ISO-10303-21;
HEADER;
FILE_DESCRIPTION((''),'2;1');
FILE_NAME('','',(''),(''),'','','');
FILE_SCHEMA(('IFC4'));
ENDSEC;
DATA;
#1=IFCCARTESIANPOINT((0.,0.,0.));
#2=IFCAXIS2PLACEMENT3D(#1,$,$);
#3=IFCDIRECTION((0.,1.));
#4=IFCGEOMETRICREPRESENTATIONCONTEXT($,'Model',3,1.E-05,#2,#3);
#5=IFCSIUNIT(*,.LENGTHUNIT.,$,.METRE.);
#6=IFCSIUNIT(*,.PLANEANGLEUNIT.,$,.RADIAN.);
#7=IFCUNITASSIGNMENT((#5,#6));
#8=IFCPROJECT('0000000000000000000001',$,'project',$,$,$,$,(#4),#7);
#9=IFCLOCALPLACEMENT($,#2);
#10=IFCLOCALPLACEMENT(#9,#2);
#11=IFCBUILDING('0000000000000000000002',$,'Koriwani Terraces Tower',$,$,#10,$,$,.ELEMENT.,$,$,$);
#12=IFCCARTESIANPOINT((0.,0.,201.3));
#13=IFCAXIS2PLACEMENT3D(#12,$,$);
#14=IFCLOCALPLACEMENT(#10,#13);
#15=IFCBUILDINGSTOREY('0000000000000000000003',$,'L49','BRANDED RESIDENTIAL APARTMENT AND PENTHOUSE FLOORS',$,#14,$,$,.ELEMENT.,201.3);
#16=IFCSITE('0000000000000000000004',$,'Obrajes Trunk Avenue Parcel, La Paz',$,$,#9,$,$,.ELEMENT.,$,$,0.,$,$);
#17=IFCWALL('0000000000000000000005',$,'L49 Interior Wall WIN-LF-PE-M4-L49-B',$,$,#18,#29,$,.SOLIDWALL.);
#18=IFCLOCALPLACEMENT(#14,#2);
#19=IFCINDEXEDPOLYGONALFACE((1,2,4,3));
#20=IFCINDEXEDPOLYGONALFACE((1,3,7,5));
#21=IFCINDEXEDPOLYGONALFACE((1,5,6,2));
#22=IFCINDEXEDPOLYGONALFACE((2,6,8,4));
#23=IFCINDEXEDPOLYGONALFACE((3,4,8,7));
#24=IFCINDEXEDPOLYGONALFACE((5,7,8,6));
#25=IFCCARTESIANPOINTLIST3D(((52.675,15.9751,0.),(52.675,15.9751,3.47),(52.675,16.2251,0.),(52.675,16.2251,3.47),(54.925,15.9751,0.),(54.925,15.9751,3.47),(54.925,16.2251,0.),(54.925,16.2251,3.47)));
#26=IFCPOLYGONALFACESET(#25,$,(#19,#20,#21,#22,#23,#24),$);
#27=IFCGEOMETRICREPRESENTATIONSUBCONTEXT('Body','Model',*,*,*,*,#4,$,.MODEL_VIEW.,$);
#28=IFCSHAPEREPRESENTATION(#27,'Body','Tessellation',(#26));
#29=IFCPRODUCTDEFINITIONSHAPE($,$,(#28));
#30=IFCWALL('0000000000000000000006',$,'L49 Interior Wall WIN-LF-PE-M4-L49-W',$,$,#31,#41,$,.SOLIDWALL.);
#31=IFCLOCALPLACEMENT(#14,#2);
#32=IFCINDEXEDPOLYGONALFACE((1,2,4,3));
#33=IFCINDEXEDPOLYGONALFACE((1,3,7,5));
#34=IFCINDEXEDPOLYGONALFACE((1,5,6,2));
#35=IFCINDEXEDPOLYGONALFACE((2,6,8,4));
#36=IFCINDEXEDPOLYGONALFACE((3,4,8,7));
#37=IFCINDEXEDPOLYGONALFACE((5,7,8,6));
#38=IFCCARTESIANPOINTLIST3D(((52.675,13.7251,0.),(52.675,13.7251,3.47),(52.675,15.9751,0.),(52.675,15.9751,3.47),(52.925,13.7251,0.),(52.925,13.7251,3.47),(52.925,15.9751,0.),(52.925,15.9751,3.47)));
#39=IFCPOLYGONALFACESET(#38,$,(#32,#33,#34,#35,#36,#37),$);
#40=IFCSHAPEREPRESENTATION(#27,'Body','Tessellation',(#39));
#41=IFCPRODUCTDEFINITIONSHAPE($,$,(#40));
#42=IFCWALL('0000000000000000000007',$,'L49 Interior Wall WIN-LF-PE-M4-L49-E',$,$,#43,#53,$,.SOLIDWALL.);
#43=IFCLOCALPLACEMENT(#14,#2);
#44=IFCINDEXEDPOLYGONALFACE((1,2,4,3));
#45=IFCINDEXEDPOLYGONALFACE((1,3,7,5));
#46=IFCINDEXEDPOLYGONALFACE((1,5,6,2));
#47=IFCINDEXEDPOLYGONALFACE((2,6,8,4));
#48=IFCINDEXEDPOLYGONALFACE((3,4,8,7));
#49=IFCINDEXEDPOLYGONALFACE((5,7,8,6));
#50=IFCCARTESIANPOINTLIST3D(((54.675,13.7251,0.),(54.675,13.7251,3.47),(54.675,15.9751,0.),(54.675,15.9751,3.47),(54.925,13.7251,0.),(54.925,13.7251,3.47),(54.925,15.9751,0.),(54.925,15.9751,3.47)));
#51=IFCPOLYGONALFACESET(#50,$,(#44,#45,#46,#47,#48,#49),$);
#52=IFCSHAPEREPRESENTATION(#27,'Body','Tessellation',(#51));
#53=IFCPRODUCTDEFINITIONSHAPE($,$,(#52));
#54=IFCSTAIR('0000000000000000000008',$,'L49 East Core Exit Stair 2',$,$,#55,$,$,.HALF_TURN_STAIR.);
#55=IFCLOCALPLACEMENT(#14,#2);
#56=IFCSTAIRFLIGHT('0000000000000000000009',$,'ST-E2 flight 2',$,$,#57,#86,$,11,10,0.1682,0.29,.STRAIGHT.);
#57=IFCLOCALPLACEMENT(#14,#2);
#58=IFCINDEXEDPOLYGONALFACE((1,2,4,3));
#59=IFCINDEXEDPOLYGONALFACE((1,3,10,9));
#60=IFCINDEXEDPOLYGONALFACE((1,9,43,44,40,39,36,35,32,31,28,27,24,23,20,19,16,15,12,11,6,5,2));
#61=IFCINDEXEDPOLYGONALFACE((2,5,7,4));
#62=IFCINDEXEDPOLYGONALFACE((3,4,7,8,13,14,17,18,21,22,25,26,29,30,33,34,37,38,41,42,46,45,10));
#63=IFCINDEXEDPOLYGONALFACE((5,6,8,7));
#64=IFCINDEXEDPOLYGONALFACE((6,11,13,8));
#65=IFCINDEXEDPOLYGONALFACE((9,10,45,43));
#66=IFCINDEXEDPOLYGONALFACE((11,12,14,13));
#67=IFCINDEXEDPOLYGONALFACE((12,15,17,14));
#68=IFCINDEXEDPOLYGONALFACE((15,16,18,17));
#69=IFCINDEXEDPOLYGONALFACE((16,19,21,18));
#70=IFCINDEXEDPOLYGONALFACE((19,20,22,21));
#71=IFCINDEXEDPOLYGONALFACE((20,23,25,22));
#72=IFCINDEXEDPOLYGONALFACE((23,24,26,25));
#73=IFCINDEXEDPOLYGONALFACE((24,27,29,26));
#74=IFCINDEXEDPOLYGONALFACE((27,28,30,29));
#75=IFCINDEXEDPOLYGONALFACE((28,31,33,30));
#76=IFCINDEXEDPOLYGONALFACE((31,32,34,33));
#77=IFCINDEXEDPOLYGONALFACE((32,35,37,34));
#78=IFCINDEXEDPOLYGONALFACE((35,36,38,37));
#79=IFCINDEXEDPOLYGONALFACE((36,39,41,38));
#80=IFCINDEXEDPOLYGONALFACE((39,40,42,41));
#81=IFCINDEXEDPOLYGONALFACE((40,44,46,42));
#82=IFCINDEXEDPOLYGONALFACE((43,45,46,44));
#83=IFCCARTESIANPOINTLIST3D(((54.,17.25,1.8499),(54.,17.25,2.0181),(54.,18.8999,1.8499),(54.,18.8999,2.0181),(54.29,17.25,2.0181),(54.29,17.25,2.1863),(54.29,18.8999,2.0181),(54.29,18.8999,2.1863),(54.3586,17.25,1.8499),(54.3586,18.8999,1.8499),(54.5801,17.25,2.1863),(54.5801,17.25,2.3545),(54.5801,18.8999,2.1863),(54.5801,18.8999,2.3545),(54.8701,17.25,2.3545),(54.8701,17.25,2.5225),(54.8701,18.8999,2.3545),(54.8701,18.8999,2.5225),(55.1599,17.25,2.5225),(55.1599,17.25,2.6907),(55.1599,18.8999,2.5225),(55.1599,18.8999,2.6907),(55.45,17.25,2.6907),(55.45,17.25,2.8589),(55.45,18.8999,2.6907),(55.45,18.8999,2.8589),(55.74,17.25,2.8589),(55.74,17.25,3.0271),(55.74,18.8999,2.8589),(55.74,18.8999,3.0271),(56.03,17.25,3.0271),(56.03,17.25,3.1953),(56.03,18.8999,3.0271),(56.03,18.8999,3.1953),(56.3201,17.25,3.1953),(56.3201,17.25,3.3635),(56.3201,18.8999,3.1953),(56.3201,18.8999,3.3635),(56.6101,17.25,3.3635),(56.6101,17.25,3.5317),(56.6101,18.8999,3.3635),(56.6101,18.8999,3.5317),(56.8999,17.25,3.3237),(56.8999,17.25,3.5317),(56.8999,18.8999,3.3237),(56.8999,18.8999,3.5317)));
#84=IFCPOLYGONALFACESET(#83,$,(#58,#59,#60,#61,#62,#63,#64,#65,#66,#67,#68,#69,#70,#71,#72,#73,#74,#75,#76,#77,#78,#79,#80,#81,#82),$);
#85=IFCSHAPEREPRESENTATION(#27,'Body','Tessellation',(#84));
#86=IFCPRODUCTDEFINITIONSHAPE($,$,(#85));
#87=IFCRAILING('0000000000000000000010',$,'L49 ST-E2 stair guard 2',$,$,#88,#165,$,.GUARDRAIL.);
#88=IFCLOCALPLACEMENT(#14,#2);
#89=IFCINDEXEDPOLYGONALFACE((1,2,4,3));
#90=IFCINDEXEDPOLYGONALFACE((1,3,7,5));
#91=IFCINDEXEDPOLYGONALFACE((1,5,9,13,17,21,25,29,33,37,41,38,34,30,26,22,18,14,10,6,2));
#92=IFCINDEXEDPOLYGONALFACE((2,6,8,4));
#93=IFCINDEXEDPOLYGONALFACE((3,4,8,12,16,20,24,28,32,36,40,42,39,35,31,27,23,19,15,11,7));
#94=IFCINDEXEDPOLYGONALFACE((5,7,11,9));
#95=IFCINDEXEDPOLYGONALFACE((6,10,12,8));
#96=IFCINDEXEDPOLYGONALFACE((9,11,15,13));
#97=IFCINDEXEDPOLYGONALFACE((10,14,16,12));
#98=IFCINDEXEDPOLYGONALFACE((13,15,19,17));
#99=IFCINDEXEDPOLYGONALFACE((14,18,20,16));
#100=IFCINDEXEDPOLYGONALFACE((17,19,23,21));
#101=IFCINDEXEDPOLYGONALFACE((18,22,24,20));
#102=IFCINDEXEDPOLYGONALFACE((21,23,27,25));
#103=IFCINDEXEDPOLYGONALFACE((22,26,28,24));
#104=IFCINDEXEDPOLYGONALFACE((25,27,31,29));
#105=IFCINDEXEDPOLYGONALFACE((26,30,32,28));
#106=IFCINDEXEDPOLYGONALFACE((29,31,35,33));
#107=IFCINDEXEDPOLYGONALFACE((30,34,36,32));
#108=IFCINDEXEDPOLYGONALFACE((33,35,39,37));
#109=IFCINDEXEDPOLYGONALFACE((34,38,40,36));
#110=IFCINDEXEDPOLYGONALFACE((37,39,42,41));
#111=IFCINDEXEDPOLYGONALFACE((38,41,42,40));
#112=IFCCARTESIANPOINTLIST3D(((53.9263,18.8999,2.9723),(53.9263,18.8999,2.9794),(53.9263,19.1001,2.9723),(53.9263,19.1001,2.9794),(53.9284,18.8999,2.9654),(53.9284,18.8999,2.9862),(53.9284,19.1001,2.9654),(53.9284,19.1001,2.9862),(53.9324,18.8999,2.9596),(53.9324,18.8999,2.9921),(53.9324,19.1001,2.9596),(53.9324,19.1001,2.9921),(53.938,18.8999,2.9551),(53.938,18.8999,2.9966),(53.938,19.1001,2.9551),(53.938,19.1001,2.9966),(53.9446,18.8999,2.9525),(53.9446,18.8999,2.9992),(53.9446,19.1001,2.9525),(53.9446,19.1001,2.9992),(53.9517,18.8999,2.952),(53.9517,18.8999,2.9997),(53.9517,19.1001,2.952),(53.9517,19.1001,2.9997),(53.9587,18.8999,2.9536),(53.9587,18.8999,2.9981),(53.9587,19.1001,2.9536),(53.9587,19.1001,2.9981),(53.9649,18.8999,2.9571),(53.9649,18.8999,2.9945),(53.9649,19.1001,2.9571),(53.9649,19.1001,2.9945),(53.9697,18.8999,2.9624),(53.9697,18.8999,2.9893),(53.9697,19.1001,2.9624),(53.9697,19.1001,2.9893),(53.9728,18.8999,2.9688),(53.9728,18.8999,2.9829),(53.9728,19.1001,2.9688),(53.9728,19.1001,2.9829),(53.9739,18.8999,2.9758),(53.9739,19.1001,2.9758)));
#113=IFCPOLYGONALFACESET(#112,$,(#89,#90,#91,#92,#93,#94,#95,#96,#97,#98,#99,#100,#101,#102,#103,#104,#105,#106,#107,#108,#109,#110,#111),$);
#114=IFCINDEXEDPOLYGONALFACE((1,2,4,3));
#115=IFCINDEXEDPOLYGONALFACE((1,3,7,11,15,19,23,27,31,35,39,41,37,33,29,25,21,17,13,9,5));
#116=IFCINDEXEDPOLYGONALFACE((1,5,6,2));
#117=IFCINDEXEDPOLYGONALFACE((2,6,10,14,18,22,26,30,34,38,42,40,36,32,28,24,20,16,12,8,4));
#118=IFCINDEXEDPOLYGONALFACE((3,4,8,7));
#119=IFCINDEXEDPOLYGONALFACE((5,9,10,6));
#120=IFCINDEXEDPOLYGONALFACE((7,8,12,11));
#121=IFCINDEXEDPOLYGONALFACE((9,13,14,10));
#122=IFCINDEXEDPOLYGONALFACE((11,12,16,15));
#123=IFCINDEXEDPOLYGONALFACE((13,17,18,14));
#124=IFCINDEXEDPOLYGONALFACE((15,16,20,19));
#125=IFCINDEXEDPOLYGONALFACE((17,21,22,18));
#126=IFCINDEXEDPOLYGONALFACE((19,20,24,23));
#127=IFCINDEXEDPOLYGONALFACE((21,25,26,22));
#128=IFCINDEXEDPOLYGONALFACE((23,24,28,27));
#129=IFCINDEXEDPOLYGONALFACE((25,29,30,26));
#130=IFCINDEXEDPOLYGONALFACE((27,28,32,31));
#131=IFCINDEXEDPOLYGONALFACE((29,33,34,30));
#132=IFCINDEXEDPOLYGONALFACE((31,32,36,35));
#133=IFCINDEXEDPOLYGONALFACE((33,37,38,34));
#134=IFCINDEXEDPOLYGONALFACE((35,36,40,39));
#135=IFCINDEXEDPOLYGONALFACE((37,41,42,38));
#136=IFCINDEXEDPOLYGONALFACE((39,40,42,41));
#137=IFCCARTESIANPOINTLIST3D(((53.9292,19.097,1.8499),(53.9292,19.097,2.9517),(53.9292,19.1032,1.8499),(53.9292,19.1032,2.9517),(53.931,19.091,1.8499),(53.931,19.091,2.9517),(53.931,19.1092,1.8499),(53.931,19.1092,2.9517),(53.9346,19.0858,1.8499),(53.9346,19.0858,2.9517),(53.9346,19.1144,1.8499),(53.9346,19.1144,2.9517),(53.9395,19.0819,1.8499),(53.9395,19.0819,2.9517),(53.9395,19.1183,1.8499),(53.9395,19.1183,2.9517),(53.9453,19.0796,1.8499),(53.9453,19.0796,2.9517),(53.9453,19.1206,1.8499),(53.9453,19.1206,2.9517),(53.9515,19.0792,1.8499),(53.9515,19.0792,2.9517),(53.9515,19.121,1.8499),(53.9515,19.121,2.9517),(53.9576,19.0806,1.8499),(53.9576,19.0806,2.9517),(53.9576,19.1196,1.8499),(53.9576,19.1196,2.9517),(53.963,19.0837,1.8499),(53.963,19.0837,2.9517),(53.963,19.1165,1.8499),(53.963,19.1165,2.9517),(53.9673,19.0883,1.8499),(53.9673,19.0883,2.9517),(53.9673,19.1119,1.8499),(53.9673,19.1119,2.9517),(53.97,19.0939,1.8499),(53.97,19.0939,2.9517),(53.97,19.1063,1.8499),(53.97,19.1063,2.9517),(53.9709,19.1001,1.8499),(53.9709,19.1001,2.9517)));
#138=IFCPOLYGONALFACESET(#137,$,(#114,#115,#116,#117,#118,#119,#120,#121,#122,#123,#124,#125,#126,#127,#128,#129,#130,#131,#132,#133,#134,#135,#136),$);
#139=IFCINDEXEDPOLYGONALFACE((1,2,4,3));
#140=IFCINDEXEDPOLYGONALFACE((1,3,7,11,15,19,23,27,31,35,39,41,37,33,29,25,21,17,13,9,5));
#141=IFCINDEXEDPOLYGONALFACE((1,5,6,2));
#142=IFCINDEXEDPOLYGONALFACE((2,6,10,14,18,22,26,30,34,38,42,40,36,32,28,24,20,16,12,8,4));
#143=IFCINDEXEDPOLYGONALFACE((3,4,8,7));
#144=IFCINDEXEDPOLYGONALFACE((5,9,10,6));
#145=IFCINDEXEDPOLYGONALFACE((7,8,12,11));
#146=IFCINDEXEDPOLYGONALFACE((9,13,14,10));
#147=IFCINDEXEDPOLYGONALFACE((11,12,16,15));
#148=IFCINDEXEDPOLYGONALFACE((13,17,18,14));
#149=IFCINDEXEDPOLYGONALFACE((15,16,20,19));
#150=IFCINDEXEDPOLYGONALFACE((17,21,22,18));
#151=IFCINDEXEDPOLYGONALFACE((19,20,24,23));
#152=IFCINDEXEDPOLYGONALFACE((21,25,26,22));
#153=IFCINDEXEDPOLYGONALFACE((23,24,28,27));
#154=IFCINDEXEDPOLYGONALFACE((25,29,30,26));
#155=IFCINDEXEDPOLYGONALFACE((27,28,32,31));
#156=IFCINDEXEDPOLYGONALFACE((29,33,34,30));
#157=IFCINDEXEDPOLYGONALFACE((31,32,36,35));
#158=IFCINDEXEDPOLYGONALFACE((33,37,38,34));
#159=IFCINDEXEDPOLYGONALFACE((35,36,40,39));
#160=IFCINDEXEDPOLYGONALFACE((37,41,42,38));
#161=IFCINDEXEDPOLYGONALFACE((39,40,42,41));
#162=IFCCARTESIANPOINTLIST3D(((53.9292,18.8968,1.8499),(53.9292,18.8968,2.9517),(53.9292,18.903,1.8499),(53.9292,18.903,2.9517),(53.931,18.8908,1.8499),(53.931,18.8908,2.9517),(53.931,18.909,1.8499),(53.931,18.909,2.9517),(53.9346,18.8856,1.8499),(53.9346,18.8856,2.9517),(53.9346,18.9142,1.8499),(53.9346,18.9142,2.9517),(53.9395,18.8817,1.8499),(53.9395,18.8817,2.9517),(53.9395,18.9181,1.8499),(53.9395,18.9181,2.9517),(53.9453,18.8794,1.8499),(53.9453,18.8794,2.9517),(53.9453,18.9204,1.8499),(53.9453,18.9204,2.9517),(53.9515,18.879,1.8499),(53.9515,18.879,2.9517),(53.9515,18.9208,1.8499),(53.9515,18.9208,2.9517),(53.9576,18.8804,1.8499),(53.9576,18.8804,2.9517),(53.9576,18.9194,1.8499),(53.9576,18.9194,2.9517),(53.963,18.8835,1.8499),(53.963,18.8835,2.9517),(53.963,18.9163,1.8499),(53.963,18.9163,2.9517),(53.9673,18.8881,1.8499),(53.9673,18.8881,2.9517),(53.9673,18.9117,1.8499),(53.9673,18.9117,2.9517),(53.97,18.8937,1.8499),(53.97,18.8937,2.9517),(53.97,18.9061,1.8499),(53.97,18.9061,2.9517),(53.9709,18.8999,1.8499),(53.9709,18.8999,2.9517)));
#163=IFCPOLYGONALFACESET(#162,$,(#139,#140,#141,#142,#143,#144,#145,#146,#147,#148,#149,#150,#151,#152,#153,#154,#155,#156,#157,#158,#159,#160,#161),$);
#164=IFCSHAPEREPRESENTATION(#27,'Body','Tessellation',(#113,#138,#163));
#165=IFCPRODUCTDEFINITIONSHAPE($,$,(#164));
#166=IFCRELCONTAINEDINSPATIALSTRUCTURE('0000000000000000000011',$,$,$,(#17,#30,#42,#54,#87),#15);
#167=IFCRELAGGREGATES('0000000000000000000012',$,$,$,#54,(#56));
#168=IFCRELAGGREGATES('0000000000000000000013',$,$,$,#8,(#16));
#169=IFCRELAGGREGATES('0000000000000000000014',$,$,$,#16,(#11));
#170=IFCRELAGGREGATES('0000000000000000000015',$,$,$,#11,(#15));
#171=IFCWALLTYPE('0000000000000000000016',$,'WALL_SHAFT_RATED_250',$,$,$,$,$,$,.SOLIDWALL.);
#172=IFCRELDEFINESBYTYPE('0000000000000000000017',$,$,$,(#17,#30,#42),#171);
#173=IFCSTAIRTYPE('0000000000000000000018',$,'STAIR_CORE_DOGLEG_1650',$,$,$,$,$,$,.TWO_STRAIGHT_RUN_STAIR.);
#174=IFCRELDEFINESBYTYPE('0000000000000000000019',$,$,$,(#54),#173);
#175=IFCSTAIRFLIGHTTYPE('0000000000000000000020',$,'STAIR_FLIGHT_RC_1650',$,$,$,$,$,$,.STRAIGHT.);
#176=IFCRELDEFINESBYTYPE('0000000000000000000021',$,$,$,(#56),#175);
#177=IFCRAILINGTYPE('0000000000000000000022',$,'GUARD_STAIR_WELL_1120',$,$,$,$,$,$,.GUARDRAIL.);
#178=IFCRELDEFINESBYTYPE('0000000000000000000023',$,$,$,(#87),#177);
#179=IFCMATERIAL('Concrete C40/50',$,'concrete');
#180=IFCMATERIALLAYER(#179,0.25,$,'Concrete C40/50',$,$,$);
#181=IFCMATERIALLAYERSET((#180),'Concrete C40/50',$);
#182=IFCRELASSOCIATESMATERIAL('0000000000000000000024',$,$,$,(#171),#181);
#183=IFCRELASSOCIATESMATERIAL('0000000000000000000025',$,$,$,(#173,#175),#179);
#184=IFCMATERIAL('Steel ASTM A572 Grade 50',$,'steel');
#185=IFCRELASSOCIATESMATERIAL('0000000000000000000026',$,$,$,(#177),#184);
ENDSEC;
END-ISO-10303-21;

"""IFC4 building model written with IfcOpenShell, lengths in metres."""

from ifc_helpers import new_model, si_unit, direction, frame, frame_2d, origin, origin_2d, place, context, subcontext, project, spatial, polyline, rectangle, circle, outline, extrude, material, layer, layer_set, type_object, element, aggregate, save


model = new_model("IFC4")

# Units and contexts
model_context = context("Model", 3, precision=1e-05, world=origin(), true_north=direction((0.0, 1.0)))
body_context = subcontext(model_context, "Body", "Model", "MODEL_VIEW")
ifc_project = project(units=[si_unit("LENGTHUNIT", "METRE"), si_unit("PLANEANGLEUNIT", "RADIAN")], contexts=[model_context])

# Site, building, storey
site_placement = place(None, origin())
site = spatial("IfcSite", under=ifc_project, at=site_placement, Name="Obrajes Trunk Avenue Parcel, La Paz", CompositionType="ELEMENT", RefElevation=0.0)
building_placement = place(site_placement, origin())
building = spatial("IfcBuilding", under=site, at=building_placement, Name="Koriwani Terraces Tower", CompositionType="ELEMENT")
storey_placement = place(building_placement, frame((0.0, 0.0, 201.3)))
storey = spatial("IfcBuildingStorey", under=building, at=storey_placement, Name="L49", Description="BRANDED RESIDENTIAL APARTMENT AND PENTHOUSE FLOORS", CompositionType="ELEMENT", Elevation=201.3)

# Shared definitions
ifc_material_1 = material(Name="Concrete C40/50", Category="concrete")
ifc_material_2 = material(Name="Steel ASTM A572 Grade 50", Category="steel")

# Shared definitions
ifc_layer_1 = layer(ifc_material_1, 0.25, Name="Concrete C40/50")
ifc_layer_set_1 = layer_set([ifc_layer_1], Name="Concrete C40/50")
wall_type_1 = type_object("IfcWallType", Name="WALL_SHAFT_RATED_250", PredefinedType="SOLIDWALL", material=ifc_layer_set_1)

# Walls
for number, where, z_axis, x_axis, name in (
    (1, (52.675, 16.1001, 0.0), (0.0, 0.0, 1.0), (1.0, 0.0, 0.0), "L49 Interior Wall WIN-LF-PE-M4-L49-B"),
    (2, (52.8, 13.7251, 0.0), (0.0, 0.0, 1.0), (0.0, 1.0, 0.0), "L49 Interior Wall WIN-LF-PE-M4-L49-W"),
    (3, (54.8, 13.7251, 0.0), (0.0, 0.0, 1.0), (0.0, 1.0, 0.0), "L49 Interior Wall WIN-LF-PE-M4-L49-E"),
):
    element("IfcWall", number, at=place(storey_placement, frame(where, z_axis=z_axis, x_axis=x_axis)), inside=storey, type_object=wall_type_1, Name=name, PredefinedType="SOLIDWALL", context=body_context, shape_type="SweptSolid", body=[
        extrude(rectangle(XDim=2.25, YDim=0.25, at=frame_2d((1.125, 0.0))), origin(), (0.0, 0.0, 1.0), 3.47),
    ])

# Stair, stair flight
stair_type = type_object("IfcStairType", Name="STAIR_CORE_DOGLEG_1650", PredefinedType="TWO_STRAIGHT_RUN_STAIR", material=ifc_material_1)
stair_placement = place(storey_placement, origin())
stair = element("IfcStair", 4, at=stair_placement, inside=storey, type_object=stair_type, Name="L49 East Core Exit Stair 2", PredefinedType="HALF_TURN_STAIR")
stair_flight_type = type_object("IfcStairFlightType", Name="STAIR_FLIGHT_RC_1650", PredefinedType="STRAIGHT", material=ifc_material_1)
stair_flight_placement = place(storey_placement, frame((54.0, 18.075, 1.8499), z_axis=(0.0, 0.0, 1.0), x_axis=(1.0, 0.0, 0.0)))
stair_flight = element("IfcStairFlight", 5, at=stair_flight_placement, type_object=stair_flight_type, Name="ST-E2 flight 2", NumberOfRisers=11, NumberOfTreads=10, PredefinedType="STRAIGHT", RiserHeight=0.1682, TreadLength=0.29, context=body_context, shape_type="SweptSolid", body=[
    extrude(outline(polyline([(0.0, 0.0), (0.0, 0.1682), (0.29, 0.1682), (0.29, 0.3364), (0.5801, 0.3364), (0.5801, 0.5046), (0.8701, 0.5046), (0.8701, 0.6726), (1.1599, 0.6726), (1.1599, 0.8408), (1.45, 0.8408), (1.45, 1.009), (1.74, 1.009), (1.74, 1.1772), (2.03, 1.1772), (2.03, 1.3455), (2.3201, 1.3455), (2.3201, 1.5137), (2.6101, 1.5137), (2.6101, 1.6819), (2.8999, 1.6819), (2.8999, 1.8501), (2.8999, 1.4739), (0.3586, 0.0), (0.0, 0.0)])), frame((0.0, 0.825, 0.0), z_axis=(0.0, -1.0, 0.0), x_axis=(1.0, 0.0, 0.0)), (0.0, 0.0, 1.0), 1.6499),
])
aggregate(stair, [stair_flight])

# Railing
railing_type_1 = type_object("IfcRailingType", Name="GUARD_STAIR_WELL_1120", PredefinedType="GUARDRAIL", material=ifc_material_2)
railing_1_placement = place(storey_placement, frame((53.95, 19.1001, 1.8499)))
element("IfcRailing", 6, at=railing_1_placement, inside=storey, type_object=railing_type_1, Name="L49 ST-E2 stair guard 2", PredefinedType="GUARDRAIL", context=body_context, shape_type="SweptSolid", body=[
    extrude(circle(Radius=0.0239, at=origin_2d()), frame((0.0, 0.0, 1.126), z_axis=(0.0, -1.0, 0.0), x_axis=(1.0, 0.0, 0.0)), (0.0, 0.0, 1.0), 0.2002),
    extrude(circle(Radius=0.021, at=origin_2d()), origin(), (0.0, 0.0, 1.0), 1.1018),
    extrude(circle(Radius=0.021, at=origin_2d()), frame((0.0, -0.2002, 0.0)), (0.0, 0.0, 1.0), 1.1018),
])

save(model, "model.ifc")
